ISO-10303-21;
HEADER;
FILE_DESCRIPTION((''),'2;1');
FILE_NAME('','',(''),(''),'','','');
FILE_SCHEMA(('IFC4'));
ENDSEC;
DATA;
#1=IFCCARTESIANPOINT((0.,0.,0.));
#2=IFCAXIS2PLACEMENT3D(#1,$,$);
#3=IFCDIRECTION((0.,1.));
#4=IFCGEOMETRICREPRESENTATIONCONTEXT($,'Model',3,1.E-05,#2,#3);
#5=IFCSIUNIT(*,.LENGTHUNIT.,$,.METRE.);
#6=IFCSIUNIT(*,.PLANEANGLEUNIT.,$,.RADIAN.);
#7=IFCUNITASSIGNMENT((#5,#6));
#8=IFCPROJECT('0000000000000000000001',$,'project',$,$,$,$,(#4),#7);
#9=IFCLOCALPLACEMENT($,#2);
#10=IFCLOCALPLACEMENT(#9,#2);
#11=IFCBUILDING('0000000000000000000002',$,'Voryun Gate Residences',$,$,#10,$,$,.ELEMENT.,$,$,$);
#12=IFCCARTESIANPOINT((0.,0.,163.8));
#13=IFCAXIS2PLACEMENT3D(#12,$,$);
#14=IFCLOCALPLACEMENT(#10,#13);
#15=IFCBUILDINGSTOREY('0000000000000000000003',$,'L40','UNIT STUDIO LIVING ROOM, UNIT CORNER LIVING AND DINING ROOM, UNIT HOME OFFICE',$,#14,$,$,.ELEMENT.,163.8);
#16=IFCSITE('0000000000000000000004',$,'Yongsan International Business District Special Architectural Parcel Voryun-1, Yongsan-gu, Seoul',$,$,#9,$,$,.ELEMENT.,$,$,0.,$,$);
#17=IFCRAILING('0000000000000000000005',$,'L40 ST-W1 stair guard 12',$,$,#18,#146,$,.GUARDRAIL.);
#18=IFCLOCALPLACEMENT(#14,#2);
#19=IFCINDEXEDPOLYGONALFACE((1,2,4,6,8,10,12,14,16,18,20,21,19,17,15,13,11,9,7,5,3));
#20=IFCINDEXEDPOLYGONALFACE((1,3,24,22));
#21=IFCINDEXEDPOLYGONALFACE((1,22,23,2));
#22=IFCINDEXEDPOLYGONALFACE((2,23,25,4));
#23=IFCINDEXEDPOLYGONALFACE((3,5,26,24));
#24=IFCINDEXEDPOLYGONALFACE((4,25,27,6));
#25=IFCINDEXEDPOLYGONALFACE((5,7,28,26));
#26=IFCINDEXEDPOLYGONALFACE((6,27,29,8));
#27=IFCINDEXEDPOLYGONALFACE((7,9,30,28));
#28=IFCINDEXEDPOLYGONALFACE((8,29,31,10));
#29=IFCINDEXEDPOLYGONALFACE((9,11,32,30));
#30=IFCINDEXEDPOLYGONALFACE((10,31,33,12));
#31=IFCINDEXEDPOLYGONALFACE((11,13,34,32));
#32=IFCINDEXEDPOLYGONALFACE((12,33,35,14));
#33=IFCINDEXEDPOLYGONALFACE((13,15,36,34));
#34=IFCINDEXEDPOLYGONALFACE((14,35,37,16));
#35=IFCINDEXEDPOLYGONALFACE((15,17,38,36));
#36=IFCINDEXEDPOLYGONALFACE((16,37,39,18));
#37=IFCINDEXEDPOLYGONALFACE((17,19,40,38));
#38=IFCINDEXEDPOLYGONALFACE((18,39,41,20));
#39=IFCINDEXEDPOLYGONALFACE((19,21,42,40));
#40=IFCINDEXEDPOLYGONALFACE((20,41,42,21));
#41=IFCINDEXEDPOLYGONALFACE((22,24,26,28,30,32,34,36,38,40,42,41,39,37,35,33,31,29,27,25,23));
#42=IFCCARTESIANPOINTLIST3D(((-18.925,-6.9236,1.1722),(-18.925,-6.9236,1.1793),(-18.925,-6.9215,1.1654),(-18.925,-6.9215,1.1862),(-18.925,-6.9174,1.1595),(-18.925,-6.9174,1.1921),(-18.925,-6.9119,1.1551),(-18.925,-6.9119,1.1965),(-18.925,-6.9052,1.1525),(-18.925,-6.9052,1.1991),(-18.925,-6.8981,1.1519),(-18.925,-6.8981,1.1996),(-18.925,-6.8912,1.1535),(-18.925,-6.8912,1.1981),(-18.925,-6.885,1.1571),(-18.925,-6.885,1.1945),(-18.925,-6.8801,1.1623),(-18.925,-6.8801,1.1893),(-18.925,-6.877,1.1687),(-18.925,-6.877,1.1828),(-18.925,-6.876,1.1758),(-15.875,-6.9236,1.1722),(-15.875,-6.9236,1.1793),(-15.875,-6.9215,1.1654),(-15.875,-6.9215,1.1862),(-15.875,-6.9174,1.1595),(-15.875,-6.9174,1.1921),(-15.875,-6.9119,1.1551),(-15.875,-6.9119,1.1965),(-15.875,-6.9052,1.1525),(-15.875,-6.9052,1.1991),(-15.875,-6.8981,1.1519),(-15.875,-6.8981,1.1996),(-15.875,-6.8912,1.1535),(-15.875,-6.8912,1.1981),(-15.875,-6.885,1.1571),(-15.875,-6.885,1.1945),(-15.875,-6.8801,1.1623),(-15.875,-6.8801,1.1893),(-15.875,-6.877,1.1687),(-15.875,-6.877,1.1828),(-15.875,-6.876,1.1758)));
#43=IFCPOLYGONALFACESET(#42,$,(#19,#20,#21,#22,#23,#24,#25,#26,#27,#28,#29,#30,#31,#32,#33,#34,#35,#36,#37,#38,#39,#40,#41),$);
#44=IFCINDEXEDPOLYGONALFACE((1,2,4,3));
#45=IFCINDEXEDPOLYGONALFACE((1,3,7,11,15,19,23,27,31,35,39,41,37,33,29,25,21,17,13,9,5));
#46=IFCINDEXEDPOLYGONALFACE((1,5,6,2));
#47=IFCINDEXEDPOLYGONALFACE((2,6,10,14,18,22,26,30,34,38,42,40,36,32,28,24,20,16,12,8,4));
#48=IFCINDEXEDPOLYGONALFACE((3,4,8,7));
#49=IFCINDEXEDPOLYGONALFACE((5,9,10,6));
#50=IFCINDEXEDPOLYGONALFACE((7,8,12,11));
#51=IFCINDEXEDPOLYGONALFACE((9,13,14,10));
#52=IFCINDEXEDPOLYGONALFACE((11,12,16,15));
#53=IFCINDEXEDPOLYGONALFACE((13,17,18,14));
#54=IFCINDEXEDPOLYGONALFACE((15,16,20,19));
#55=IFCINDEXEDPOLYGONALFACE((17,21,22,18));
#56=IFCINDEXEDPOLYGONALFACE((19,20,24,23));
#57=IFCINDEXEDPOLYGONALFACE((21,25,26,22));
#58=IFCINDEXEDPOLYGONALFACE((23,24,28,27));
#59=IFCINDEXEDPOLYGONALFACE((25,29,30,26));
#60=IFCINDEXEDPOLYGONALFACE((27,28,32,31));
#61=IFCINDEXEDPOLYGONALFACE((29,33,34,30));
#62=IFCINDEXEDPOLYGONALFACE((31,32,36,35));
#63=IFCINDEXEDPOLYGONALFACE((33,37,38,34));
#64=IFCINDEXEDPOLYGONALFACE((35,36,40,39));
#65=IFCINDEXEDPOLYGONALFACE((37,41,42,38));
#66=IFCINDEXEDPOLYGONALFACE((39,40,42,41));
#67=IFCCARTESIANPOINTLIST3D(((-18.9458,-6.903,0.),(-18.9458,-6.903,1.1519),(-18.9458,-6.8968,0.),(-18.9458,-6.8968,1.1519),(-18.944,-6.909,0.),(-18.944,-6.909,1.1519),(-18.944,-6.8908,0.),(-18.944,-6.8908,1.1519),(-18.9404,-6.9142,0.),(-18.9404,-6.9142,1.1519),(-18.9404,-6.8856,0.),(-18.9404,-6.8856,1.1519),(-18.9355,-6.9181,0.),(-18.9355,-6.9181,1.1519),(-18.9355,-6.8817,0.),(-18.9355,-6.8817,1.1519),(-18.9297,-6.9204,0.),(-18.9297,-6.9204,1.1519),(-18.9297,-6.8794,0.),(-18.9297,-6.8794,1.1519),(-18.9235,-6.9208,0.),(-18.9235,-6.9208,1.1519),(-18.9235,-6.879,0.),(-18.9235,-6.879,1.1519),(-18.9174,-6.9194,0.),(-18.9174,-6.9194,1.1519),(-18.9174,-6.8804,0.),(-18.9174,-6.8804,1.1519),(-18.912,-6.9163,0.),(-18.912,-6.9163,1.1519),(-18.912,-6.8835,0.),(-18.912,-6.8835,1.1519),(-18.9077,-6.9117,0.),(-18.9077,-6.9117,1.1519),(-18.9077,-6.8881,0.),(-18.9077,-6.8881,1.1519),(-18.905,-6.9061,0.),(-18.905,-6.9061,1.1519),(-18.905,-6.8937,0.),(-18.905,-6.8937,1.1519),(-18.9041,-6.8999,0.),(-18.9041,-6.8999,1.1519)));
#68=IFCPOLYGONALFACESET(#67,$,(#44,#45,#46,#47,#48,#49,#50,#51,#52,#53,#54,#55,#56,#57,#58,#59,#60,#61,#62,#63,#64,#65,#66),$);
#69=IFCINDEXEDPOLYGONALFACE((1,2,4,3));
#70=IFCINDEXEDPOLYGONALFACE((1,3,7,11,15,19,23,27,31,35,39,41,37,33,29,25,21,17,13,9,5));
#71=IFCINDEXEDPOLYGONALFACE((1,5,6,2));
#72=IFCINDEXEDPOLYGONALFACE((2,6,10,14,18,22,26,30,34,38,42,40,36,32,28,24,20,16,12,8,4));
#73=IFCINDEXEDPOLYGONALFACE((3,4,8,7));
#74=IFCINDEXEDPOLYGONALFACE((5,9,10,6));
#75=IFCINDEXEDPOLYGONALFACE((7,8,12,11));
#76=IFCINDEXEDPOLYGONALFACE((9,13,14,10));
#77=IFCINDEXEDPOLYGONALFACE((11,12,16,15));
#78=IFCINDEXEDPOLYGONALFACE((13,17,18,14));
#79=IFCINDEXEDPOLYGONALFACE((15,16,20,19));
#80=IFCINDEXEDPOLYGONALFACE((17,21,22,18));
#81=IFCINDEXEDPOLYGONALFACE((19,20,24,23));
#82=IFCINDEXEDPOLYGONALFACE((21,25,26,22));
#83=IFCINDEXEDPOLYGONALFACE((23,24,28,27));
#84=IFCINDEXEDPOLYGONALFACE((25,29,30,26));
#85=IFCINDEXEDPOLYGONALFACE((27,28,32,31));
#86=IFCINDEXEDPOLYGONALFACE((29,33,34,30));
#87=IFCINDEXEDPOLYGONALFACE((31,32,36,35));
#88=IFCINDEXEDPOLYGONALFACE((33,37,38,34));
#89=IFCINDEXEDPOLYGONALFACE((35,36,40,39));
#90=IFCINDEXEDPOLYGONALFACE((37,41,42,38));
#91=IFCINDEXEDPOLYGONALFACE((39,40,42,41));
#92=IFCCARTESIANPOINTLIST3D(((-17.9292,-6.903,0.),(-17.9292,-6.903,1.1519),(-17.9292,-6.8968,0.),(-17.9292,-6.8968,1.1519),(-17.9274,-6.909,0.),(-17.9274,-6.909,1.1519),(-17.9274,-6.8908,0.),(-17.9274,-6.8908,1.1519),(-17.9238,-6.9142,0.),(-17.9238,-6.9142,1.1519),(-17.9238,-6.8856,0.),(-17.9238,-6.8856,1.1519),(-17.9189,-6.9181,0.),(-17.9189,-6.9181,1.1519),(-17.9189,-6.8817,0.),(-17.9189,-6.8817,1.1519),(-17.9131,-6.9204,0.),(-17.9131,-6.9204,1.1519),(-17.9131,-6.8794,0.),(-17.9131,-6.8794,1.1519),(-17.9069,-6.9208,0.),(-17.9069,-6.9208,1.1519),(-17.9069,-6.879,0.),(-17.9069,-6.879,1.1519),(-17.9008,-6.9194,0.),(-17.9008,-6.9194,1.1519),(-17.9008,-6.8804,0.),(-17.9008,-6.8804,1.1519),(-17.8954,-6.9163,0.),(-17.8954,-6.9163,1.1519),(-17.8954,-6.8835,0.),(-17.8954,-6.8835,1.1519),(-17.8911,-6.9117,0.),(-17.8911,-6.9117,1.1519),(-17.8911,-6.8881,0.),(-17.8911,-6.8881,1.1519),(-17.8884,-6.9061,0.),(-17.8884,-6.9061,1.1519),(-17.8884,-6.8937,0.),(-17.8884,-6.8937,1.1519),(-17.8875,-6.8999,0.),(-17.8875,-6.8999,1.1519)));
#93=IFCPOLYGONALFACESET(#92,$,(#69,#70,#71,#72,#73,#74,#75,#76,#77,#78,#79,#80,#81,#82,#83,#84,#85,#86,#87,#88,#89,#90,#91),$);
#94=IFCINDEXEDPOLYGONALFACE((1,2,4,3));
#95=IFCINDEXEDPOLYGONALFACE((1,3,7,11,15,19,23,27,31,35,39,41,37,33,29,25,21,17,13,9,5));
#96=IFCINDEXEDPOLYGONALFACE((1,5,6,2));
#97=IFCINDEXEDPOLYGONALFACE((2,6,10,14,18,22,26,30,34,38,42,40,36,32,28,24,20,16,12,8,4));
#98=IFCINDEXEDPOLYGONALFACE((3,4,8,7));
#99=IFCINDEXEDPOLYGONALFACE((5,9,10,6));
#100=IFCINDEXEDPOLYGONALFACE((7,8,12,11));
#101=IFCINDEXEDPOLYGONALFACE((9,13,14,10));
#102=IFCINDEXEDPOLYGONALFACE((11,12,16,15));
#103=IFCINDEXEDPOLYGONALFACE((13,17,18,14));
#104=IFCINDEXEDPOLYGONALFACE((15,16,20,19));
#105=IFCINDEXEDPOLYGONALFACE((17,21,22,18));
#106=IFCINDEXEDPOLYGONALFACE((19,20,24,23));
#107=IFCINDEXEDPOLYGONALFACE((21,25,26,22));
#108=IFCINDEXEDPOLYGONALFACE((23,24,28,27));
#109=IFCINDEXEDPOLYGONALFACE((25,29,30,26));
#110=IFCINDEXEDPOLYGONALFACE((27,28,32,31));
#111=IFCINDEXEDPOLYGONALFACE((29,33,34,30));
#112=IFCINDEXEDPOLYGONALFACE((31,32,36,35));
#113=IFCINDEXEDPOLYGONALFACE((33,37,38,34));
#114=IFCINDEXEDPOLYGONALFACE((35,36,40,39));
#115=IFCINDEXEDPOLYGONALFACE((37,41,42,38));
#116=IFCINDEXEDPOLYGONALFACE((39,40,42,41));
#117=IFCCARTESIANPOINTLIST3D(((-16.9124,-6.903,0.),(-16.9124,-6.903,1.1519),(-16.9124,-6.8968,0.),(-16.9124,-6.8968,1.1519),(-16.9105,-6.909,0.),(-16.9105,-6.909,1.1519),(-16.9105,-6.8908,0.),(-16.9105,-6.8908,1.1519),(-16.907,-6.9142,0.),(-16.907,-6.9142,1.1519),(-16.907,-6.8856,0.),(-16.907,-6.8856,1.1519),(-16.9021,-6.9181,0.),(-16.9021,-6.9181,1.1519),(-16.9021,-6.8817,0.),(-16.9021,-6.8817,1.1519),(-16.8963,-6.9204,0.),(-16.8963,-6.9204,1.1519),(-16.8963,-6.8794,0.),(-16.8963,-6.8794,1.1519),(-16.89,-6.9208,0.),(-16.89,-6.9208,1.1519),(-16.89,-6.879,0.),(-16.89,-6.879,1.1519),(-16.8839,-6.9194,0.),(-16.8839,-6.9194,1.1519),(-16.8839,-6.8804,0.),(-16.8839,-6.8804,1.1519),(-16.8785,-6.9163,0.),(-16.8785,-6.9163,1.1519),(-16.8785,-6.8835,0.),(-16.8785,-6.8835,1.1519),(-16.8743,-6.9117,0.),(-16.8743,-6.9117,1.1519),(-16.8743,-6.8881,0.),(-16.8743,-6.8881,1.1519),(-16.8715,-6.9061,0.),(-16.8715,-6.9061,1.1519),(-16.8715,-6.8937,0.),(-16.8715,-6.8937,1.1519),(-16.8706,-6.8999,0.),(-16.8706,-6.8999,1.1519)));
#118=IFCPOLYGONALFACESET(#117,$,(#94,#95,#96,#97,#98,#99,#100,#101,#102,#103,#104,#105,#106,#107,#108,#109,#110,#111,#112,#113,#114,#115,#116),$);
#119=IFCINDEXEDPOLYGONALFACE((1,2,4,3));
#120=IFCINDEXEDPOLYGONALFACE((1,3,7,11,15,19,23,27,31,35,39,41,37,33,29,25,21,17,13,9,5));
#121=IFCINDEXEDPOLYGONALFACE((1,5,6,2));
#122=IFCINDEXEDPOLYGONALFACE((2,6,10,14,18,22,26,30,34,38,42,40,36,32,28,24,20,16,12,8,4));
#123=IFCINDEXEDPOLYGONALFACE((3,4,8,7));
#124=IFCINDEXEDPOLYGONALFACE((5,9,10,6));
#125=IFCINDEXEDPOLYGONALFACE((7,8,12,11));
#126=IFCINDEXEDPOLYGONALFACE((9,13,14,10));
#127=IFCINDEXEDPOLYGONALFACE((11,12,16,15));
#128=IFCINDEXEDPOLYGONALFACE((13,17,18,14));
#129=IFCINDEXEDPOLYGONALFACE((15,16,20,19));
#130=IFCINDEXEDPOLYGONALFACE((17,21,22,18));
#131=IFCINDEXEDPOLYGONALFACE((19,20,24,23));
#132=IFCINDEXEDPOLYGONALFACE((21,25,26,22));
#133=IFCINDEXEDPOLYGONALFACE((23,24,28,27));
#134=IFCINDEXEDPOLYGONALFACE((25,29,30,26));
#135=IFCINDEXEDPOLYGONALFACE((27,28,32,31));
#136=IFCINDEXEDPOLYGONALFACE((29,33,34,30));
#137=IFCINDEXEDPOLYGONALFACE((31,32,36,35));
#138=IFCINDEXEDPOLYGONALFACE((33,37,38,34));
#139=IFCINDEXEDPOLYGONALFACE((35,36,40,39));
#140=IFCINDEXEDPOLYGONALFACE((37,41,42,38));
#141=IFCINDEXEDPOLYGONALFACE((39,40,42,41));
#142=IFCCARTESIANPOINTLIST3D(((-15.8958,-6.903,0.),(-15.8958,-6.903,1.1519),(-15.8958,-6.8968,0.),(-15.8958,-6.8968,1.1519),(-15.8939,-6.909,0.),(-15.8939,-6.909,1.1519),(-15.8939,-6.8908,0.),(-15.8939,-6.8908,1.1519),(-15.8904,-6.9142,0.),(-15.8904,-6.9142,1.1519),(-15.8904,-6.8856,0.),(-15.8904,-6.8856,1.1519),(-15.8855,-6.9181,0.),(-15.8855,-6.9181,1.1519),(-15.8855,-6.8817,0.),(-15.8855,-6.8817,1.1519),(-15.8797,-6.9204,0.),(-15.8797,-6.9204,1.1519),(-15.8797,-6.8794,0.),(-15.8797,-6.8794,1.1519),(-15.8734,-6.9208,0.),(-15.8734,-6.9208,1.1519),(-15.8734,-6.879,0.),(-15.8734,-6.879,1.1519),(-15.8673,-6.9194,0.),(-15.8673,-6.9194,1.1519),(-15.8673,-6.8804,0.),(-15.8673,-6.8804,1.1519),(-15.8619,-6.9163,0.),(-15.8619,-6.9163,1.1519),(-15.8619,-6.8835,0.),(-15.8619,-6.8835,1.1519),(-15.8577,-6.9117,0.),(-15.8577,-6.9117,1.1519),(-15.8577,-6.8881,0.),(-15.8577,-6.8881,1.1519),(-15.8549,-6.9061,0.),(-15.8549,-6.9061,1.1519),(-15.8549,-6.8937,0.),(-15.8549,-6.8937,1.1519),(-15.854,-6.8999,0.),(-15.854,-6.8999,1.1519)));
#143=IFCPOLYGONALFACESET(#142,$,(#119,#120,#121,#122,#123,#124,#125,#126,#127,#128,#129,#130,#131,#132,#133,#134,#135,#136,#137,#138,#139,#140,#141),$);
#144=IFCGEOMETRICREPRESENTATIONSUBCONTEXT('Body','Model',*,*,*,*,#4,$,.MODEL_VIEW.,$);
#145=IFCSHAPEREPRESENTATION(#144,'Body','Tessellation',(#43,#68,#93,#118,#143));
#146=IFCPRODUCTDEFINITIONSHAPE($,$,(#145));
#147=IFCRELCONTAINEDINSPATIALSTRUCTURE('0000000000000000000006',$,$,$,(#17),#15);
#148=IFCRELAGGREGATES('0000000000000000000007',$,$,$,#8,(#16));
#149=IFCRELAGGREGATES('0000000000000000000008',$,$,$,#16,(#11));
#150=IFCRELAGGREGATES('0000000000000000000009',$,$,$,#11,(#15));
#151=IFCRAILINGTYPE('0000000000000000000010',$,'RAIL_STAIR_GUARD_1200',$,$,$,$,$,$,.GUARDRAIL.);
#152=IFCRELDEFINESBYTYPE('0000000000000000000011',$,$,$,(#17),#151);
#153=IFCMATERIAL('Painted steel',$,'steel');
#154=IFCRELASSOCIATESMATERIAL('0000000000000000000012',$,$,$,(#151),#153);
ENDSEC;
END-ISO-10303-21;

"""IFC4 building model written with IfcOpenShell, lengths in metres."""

from ifc_helpers import new_model, si_unit, direction, frame, origin, origin_2d, place, context, subcontext, project, spatial, circle, extrude, material, type_object, element, save


model = new_model("IFC4")

# Units and contexts
model_context = context("Model", 3, precision=1e-05, world=origin(), true_north=direction((0.0, 1.0)))
body_context = subcontext(model_context, "Body", "Model", "MODEL_VIEW")
ifc_project = project(units=[si_unit("LENGTHUNIT", "METRE"), si_unit("PLANEANGLEUNIT", "RADIAN")], contexts=[model_context])

# Site, building, storey
site_placement = place(None, origin())
site = spatial("IfcSite", under=ifc_project, at=site_placement, Name="Yongsan International Business District Special Architectural Parcel Voryun-1, Yongsan-gu, Seoul", CompositionType="ELEMENT", RefElevation=0.0)
building_placement = place(site_placement, origin())
building = spatial("IfcBuilding", under=site, at=building_placement, Name="Voryun Gate Residences", CompositionType="ELEMENT")
storey_placement = place(building_placement, frame((0.0, 0.0, 163.8)))
storey = spatial("IfcBuildingStorey", under=building, at=storey_placement, Name="L40", Description="UNIT STUDIO LIVING ROOM, UNIT CORNER LIVING AND DINING ROOM, UNIT HOME OFFICE", CompositionType="ELEMENT", Elevation=163.8)

# Railing
ifc_material_1 = material(Name="Painted steel", Category="steel")
railing_type = type_object("IfcRailingType", Name="RAIL_STAIR_GUARD_1200", PredefinedType="GUARDRAIL", material=ifc_material_1)
railing_1_placement = place(storey_placement, frame((-18.925, -6.8999, 0.0)))
element("IfcRailing", 1, at=railing_1_placement, inside=storey, type_object=railing_type, Name="L40 ST-W1 stair guard 12", PredefinedType="GUARDRAIL", context=body_context, shape_type="SweptSolid", body=[
    extrude(circle(Radius=0.0239, at=origin_2d()), frame((0.0, 0.0, 1.1758), z_axis=(1.0, 0.0, 0.0), x_axis=(0.0, 1.0, 0.0)), (0.0, 0.0, 1.0), 3.05),
    extrude(circle(Radius=0.021, at=origin_2d()), origin(), (0.0, 0.0, 1.0), 1.1519),
    extrude(circle(Radius=0.021, at=origin_2d()), frame((1.0166, 0.0, 0.0)), (0.0, 0.0, 1.0), 1.1519),
    extrude(circle(Radius=0.021, at=origin_2d()), frame((2.0334, 0.0, 0.0)), (0.0, 0.0, 1.0), 1.1519),
    extrude(circle(Radius=0.021, at=origin_2d()), frame((3.05, 0.0, 0.0)), (0.0, 0.0, 1.0), 1.1519),
])

save(model, "model.ifc")
